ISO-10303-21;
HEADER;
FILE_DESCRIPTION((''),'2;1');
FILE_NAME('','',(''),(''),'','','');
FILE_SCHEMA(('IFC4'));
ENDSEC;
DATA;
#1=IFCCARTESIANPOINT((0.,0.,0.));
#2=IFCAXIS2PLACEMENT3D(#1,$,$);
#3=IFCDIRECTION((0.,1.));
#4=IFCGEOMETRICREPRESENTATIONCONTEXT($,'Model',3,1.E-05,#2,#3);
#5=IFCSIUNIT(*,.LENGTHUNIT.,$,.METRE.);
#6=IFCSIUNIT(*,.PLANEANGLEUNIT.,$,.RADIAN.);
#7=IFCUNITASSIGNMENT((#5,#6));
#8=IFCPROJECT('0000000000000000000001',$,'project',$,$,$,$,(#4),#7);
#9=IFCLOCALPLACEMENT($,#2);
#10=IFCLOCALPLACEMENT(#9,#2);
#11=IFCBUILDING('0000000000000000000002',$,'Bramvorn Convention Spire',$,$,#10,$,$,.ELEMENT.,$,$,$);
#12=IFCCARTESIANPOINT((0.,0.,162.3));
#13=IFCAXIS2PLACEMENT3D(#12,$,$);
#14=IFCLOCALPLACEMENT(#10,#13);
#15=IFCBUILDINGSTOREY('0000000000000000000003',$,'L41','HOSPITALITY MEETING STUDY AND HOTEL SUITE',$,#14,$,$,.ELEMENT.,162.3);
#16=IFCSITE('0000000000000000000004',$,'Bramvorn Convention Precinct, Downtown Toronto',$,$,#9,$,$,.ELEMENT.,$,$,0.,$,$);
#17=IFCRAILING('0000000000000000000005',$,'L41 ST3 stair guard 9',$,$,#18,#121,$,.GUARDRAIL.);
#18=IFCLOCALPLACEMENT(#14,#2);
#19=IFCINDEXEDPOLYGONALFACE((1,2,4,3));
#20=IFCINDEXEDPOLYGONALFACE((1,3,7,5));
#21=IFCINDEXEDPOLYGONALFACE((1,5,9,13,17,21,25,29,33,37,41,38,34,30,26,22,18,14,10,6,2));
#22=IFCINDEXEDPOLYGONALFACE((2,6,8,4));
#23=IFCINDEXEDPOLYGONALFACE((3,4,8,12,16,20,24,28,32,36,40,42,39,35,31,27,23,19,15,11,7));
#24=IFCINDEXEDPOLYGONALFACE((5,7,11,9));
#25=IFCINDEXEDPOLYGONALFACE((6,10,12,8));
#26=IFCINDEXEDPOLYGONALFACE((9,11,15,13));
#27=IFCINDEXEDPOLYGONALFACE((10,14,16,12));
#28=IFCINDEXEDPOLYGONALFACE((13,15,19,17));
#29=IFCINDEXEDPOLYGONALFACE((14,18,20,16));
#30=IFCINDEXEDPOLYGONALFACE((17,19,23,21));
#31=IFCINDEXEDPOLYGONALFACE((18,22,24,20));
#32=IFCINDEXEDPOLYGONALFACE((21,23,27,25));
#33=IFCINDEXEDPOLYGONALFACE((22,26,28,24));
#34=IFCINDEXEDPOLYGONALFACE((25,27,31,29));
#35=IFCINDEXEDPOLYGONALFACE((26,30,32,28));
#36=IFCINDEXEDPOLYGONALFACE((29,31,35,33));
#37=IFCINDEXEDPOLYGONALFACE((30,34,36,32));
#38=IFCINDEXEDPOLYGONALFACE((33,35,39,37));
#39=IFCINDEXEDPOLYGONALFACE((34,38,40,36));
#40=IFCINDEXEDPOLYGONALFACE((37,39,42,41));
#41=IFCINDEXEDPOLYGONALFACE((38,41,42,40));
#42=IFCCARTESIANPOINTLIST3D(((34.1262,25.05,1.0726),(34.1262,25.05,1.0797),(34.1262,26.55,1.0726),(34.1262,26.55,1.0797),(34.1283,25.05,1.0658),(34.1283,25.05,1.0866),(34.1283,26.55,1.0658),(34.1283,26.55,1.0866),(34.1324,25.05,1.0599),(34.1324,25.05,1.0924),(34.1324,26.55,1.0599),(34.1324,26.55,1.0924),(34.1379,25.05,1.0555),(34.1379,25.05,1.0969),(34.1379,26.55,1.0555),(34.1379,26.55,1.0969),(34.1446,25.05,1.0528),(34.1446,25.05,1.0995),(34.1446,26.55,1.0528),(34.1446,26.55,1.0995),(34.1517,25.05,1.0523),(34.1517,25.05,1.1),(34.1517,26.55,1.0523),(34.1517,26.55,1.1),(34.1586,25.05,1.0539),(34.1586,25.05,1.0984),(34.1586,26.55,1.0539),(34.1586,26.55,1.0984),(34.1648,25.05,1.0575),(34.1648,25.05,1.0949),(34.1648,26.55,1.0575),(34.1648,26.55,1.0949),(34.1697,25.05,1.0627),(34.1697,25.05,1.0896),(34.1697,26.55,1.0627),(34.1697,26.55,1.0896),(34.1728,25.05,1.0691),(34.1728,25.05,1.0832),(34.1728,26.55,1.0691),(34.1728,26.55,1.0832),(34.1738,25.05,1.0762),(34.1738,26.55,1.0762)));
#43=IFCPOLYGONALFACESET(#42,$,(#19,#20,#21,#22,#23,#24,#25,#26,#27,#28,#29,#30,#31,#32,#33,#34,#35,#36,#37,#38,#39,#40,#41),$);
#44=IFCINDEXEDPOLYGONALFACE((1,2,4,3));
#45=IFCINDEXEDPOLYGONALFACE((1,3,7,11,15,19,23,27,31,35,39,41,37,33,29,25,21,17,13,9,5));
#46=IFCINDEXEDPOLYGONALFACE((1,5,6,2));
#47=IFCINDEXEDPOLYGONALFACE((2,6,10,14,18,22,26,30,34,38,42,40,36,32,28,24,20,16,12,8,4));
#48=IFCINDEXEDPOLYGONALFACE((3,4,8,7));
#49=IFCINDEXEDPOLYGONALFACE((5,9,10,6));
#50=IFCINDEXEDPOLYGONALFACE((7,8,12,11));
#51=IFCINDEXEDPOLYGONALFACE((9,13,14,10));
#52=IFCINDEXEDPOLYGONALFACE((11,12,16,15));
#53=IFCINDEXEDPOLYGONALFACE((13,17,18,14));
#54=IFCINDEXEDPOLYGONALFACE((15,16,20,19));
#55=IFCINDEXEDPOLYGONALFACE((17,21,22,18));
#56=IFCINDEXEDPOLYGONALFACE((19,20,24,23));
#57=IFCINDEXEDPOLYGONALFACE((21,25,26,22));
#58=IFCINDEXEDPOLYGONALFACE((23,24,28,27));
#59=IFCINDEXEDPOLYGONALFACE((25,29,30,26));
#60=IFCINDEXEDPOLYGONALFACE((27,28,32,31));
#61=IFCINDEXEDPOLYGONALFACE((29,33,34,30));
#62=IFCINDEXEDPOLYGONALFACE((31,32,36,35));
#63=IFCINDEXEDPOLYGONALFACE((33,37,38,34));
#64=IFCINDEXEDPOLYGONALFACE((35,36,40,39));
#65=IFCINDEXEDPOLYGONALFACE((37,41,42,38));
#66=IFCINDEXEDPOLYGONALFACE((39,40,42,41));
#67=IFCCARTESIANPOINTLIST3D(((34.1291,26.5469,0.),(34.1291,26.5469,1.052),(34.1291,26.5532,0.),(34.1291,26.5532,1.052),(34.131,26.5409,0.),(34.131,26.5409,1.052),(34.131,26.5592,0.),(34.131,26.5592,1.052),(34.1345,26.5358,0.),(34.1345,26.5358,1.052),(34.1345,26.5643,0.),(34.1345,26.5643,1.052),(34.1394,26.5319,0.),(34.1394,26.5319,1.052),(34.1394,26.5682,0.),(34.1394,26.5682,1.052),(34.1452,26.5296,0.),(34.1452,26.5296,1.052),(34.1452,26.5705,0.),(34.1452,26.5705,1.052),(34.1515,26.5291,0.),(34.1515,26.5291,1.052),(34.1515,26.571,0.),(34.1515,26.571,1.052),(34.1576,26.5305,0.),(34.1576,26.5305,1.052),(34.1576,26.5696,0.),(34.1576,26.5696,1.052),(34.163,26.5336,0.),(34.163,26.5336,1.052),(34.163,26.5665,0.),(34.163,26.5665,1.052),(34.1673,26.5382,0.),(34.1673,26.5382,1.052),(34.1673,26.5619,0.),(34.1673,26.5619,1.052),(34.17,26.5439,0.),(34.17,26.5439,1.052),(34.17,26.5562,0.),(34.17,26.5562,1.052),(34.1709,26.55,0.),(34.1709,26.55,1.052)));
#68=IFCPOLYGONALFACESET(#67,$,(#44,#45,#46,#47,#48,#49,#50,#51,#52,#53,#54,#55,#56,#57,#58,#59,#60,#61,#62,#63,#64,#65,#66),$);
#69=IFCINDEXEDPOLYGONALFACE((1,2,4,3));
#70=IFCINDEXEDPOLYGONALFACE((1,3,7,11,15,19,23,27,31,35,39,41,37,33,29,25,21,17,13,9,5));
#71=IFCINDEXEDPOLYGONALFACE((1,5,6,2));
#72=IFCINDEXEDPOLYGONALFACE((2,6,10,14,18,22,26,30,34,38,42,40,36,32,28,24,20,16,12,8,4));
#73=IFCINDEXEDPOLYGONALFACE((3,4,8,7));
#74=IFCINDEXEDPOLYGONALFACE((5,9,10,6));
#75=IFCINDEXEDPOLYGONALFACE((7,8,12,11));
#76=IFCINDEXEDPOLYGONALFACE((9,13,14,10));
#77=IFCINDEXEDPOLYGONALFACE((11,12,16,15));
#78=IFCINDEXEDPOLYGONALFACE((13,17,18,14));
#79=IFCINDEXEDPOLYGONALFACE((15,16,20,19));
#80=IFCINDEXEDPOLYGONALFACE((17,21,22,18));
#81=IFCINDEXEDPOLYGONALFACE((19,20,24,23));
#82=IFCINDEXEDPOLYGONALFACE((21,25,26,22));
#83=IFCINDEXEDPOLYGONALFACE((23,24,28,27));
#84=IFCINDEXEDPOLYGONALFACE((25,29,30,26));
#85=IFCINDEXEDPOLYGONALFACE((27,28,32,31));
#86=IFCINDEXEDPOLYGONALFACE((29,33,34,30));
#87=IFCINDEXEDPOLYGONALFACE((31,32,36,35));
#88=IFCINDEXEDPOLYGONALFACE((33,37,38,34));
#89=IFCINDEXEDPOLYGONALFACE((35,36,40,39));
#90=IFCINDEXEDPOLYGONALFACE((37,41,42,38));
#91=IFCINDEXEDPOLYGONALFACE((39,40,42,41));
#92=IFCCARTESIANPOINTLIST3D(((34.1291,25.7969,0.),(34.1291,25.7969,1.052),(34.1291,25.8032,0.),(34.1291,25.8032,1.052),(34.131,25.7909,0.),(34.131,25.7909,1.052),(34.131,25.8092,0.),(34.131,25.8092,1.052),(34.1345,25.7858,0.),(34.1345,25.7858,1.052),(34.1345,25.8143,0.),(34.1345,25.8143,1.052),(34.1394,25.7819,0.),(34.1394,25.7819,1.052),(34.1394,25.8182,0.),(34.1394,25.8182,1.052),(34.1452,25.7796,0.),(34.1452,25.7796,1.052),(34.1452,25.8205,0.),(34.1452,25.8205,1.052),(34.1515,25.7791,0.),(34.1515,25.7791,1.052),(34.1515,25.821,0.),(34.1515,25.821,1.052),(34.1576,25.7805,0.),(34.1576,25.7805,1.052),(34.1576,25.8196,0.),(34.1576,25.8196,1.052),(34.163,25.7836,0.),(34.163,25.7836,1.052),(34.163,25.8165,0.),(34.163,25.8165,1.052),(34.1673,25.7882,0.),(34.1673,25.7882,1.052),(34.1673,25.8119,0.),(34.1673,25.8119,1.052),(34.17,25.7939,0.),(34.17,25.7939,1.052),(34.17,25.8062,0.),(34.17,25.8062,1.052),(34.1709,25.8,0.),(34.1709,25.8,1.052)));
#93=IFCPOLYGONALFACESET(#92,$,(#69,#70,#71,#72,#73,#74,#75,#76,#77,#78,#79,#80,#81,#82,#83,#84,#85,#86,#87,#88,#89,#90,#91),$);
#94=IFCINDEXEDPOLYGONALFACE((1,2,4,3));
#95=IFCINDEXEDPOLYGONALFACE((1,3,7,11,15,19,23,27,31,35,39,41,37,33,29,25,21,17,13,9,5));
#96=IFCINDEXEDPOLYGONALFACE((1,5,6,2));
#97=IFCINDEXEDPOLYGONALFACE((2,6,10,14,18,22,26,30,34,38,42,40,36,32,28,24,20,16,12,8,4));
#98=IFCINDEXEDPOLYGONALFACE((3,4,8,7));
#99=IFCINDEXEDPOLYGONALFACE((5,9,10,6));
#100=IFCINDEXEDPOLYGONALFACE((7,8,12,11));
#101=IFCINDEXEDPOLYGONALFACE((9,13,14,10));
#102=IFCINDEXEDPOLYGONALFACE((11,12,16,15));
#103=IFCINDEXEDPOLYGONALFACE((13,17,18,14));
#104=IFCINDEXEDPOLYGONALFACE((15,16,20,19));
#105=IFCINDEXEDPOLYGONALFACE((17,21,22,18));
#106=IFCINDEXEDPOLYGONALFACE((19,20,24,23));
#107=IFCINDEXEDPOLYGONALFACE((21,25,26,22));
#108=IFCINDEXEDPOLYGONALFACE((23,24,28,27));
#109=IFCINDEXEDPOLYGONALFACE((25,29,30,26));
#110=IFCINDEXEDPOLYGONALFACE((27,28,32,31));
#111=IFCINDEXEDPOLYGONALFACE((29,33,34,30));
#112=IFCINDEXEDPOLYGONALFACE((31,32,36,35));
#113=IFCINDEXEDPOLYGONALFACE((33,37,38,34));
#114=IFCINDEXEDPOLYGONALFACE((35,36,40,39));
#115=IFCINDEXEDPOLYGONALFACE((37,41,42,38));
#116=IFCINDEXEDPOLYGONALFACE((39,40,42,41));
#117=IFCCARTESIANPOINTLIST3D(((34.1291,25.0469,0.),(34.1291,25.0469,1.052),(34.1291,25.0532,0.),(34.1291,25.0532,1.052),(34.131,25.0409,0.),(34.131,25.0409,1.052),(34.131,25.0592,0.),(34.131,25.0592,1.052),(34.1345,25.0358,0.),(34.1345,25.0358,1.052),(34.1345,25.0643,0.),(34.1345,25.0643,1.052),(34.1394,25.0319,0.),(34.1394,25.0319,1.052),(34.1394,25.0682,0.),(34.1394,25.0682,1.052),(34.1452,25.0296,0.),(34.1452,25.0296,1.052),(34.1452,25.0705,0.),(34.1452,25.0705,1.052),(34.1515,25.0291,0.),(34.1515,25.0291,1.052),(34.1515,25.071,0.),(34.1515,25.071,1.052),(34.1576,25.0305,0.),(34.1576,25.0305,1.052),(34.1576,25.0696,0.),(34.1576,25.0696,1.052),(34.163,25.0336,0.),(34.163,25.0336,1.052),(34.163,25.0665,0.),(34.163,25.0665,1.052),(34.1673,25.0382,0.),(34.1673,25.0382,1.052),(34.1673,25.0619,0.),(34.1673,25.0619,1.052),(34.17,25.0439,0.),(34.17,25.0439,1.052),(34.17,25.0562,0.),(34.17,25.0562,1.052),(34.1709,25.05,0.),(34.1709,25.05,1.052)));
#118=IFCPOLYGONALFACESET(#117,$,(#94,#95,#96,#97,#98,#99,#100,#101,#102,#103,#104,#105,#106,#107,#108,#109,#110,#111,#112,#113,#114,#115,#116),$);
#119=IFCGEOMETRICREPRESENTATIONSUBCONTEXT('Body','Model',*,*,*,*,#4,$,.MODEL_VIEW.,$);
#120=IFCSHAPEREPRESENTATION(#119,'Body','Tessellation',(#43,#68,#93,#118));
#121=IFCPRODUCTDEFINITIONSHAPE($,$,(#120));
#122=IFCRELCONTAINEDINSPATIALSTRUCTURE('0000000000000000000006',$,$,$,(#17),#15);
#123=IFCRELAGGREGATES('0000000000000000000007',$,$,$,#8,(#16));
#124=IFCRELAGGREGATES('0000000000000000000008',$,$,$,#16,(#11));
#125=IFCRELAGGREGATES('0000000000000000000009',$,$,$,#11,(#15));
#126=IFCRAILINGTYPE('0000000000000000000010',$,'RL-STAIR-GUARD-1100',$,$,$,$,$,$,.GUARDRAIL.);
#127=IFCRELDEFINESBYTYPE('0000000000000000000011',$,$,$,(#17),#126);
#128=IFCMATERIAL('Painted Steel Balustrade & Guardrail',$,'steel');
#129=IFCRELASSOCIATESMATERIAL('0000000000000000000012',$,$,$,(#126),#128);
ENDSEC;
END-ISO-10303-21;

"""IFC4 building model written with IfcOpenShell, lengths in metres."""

from ifc_helpers import new_model, si_unit, direction, frame, origin, origin_2d, place, context, subcontext, project, spatial, circle, extrude, material, type_object, element, save


model = new_model("IFC4")

# Units and contexts
model_context = context("Model", 3, precision=1e-05, world=origin(), true_north=direction((0.0, 1.0)))
body_context = subcontext(model_context, "Body", "Model", "MODEL_VIEW")
ifc_project = project(units=[si_unit("LENGTHUNIT", "METRE"), si_unit("PLANEANGLEUNIT", "RADIAN")], contexts=[model_context])

# Site, building, storey
site_placement = place(None, origin())
site = spatial("IfcSite", under=ifc_project, at=site_placement, Name="Bramvorn Convention Precinct, Downtown Toronto", CompositionType="ELEMENT", RefElevation=0.0)
building_placement = place(site_placement, origin())
building = spatial("IfcBuilding", under=site, at=building_placement, Name="Bramvorn Convention Spire", CompositionType="ELEMENT")
storey_placement = place(building_placement, frame((0.0, 0.0, 162.3)))
storey = spatial("IfcBuildingStorey", under=building, at=storey_placement, Name="L41", Description="HOSPITALITY MEETING STUDY AND HOTEL SUITE", CompositionType="ELEMENT", Elevation=162.3)

# Railing
ifc_material_1 = material(Name="Painted Steel Balustrade & Guardrail", Category="steel")
railing_type_1 = type_object("IfcRailingType", Name="RL-STAIR-GUARD-1100", PredefinedType="GUARDRAIL", material=ifc_material_1)
railing_1_placement = place(storey_placement, frame((34.1499, 26.55, 0.0)))
element("IfcRailing", 1, at=railing_1_placement, inside=storey, type_object=railing_type_1, Name="L41 ST3 stair guard 9", PredefinedType="GUARDRAIL", context=body_context, shape_type="SweptSolid", body=[
    extrude(circle(Radius=0.0239, at=origin_2d()), frame((0.0, 0.0, 1.0762), z_axis=(0.0, -1.0, 0.0), x_axis=(1.0, 0.0, 0.0)), (0.0, 0.0, 1.0), 1.5),
    extrude(circle(Radius=0.021, at=origin_2d()), origin(), (0.0, 0.0, 1.0), 1.052),
    extrude(circle(Radius=0.021, at=origin_2d()), frame((0.0, -0.75, 0.0)), (0.0, 0.0, 1.0), 1.052),
    extrude(circle(Radius=0.021, at=origin_2d()), frame((0.0, -1.5, 0.0)), (0.0, 0.0, 1.0), 1.052),
])

save(model, "model.ifc")
